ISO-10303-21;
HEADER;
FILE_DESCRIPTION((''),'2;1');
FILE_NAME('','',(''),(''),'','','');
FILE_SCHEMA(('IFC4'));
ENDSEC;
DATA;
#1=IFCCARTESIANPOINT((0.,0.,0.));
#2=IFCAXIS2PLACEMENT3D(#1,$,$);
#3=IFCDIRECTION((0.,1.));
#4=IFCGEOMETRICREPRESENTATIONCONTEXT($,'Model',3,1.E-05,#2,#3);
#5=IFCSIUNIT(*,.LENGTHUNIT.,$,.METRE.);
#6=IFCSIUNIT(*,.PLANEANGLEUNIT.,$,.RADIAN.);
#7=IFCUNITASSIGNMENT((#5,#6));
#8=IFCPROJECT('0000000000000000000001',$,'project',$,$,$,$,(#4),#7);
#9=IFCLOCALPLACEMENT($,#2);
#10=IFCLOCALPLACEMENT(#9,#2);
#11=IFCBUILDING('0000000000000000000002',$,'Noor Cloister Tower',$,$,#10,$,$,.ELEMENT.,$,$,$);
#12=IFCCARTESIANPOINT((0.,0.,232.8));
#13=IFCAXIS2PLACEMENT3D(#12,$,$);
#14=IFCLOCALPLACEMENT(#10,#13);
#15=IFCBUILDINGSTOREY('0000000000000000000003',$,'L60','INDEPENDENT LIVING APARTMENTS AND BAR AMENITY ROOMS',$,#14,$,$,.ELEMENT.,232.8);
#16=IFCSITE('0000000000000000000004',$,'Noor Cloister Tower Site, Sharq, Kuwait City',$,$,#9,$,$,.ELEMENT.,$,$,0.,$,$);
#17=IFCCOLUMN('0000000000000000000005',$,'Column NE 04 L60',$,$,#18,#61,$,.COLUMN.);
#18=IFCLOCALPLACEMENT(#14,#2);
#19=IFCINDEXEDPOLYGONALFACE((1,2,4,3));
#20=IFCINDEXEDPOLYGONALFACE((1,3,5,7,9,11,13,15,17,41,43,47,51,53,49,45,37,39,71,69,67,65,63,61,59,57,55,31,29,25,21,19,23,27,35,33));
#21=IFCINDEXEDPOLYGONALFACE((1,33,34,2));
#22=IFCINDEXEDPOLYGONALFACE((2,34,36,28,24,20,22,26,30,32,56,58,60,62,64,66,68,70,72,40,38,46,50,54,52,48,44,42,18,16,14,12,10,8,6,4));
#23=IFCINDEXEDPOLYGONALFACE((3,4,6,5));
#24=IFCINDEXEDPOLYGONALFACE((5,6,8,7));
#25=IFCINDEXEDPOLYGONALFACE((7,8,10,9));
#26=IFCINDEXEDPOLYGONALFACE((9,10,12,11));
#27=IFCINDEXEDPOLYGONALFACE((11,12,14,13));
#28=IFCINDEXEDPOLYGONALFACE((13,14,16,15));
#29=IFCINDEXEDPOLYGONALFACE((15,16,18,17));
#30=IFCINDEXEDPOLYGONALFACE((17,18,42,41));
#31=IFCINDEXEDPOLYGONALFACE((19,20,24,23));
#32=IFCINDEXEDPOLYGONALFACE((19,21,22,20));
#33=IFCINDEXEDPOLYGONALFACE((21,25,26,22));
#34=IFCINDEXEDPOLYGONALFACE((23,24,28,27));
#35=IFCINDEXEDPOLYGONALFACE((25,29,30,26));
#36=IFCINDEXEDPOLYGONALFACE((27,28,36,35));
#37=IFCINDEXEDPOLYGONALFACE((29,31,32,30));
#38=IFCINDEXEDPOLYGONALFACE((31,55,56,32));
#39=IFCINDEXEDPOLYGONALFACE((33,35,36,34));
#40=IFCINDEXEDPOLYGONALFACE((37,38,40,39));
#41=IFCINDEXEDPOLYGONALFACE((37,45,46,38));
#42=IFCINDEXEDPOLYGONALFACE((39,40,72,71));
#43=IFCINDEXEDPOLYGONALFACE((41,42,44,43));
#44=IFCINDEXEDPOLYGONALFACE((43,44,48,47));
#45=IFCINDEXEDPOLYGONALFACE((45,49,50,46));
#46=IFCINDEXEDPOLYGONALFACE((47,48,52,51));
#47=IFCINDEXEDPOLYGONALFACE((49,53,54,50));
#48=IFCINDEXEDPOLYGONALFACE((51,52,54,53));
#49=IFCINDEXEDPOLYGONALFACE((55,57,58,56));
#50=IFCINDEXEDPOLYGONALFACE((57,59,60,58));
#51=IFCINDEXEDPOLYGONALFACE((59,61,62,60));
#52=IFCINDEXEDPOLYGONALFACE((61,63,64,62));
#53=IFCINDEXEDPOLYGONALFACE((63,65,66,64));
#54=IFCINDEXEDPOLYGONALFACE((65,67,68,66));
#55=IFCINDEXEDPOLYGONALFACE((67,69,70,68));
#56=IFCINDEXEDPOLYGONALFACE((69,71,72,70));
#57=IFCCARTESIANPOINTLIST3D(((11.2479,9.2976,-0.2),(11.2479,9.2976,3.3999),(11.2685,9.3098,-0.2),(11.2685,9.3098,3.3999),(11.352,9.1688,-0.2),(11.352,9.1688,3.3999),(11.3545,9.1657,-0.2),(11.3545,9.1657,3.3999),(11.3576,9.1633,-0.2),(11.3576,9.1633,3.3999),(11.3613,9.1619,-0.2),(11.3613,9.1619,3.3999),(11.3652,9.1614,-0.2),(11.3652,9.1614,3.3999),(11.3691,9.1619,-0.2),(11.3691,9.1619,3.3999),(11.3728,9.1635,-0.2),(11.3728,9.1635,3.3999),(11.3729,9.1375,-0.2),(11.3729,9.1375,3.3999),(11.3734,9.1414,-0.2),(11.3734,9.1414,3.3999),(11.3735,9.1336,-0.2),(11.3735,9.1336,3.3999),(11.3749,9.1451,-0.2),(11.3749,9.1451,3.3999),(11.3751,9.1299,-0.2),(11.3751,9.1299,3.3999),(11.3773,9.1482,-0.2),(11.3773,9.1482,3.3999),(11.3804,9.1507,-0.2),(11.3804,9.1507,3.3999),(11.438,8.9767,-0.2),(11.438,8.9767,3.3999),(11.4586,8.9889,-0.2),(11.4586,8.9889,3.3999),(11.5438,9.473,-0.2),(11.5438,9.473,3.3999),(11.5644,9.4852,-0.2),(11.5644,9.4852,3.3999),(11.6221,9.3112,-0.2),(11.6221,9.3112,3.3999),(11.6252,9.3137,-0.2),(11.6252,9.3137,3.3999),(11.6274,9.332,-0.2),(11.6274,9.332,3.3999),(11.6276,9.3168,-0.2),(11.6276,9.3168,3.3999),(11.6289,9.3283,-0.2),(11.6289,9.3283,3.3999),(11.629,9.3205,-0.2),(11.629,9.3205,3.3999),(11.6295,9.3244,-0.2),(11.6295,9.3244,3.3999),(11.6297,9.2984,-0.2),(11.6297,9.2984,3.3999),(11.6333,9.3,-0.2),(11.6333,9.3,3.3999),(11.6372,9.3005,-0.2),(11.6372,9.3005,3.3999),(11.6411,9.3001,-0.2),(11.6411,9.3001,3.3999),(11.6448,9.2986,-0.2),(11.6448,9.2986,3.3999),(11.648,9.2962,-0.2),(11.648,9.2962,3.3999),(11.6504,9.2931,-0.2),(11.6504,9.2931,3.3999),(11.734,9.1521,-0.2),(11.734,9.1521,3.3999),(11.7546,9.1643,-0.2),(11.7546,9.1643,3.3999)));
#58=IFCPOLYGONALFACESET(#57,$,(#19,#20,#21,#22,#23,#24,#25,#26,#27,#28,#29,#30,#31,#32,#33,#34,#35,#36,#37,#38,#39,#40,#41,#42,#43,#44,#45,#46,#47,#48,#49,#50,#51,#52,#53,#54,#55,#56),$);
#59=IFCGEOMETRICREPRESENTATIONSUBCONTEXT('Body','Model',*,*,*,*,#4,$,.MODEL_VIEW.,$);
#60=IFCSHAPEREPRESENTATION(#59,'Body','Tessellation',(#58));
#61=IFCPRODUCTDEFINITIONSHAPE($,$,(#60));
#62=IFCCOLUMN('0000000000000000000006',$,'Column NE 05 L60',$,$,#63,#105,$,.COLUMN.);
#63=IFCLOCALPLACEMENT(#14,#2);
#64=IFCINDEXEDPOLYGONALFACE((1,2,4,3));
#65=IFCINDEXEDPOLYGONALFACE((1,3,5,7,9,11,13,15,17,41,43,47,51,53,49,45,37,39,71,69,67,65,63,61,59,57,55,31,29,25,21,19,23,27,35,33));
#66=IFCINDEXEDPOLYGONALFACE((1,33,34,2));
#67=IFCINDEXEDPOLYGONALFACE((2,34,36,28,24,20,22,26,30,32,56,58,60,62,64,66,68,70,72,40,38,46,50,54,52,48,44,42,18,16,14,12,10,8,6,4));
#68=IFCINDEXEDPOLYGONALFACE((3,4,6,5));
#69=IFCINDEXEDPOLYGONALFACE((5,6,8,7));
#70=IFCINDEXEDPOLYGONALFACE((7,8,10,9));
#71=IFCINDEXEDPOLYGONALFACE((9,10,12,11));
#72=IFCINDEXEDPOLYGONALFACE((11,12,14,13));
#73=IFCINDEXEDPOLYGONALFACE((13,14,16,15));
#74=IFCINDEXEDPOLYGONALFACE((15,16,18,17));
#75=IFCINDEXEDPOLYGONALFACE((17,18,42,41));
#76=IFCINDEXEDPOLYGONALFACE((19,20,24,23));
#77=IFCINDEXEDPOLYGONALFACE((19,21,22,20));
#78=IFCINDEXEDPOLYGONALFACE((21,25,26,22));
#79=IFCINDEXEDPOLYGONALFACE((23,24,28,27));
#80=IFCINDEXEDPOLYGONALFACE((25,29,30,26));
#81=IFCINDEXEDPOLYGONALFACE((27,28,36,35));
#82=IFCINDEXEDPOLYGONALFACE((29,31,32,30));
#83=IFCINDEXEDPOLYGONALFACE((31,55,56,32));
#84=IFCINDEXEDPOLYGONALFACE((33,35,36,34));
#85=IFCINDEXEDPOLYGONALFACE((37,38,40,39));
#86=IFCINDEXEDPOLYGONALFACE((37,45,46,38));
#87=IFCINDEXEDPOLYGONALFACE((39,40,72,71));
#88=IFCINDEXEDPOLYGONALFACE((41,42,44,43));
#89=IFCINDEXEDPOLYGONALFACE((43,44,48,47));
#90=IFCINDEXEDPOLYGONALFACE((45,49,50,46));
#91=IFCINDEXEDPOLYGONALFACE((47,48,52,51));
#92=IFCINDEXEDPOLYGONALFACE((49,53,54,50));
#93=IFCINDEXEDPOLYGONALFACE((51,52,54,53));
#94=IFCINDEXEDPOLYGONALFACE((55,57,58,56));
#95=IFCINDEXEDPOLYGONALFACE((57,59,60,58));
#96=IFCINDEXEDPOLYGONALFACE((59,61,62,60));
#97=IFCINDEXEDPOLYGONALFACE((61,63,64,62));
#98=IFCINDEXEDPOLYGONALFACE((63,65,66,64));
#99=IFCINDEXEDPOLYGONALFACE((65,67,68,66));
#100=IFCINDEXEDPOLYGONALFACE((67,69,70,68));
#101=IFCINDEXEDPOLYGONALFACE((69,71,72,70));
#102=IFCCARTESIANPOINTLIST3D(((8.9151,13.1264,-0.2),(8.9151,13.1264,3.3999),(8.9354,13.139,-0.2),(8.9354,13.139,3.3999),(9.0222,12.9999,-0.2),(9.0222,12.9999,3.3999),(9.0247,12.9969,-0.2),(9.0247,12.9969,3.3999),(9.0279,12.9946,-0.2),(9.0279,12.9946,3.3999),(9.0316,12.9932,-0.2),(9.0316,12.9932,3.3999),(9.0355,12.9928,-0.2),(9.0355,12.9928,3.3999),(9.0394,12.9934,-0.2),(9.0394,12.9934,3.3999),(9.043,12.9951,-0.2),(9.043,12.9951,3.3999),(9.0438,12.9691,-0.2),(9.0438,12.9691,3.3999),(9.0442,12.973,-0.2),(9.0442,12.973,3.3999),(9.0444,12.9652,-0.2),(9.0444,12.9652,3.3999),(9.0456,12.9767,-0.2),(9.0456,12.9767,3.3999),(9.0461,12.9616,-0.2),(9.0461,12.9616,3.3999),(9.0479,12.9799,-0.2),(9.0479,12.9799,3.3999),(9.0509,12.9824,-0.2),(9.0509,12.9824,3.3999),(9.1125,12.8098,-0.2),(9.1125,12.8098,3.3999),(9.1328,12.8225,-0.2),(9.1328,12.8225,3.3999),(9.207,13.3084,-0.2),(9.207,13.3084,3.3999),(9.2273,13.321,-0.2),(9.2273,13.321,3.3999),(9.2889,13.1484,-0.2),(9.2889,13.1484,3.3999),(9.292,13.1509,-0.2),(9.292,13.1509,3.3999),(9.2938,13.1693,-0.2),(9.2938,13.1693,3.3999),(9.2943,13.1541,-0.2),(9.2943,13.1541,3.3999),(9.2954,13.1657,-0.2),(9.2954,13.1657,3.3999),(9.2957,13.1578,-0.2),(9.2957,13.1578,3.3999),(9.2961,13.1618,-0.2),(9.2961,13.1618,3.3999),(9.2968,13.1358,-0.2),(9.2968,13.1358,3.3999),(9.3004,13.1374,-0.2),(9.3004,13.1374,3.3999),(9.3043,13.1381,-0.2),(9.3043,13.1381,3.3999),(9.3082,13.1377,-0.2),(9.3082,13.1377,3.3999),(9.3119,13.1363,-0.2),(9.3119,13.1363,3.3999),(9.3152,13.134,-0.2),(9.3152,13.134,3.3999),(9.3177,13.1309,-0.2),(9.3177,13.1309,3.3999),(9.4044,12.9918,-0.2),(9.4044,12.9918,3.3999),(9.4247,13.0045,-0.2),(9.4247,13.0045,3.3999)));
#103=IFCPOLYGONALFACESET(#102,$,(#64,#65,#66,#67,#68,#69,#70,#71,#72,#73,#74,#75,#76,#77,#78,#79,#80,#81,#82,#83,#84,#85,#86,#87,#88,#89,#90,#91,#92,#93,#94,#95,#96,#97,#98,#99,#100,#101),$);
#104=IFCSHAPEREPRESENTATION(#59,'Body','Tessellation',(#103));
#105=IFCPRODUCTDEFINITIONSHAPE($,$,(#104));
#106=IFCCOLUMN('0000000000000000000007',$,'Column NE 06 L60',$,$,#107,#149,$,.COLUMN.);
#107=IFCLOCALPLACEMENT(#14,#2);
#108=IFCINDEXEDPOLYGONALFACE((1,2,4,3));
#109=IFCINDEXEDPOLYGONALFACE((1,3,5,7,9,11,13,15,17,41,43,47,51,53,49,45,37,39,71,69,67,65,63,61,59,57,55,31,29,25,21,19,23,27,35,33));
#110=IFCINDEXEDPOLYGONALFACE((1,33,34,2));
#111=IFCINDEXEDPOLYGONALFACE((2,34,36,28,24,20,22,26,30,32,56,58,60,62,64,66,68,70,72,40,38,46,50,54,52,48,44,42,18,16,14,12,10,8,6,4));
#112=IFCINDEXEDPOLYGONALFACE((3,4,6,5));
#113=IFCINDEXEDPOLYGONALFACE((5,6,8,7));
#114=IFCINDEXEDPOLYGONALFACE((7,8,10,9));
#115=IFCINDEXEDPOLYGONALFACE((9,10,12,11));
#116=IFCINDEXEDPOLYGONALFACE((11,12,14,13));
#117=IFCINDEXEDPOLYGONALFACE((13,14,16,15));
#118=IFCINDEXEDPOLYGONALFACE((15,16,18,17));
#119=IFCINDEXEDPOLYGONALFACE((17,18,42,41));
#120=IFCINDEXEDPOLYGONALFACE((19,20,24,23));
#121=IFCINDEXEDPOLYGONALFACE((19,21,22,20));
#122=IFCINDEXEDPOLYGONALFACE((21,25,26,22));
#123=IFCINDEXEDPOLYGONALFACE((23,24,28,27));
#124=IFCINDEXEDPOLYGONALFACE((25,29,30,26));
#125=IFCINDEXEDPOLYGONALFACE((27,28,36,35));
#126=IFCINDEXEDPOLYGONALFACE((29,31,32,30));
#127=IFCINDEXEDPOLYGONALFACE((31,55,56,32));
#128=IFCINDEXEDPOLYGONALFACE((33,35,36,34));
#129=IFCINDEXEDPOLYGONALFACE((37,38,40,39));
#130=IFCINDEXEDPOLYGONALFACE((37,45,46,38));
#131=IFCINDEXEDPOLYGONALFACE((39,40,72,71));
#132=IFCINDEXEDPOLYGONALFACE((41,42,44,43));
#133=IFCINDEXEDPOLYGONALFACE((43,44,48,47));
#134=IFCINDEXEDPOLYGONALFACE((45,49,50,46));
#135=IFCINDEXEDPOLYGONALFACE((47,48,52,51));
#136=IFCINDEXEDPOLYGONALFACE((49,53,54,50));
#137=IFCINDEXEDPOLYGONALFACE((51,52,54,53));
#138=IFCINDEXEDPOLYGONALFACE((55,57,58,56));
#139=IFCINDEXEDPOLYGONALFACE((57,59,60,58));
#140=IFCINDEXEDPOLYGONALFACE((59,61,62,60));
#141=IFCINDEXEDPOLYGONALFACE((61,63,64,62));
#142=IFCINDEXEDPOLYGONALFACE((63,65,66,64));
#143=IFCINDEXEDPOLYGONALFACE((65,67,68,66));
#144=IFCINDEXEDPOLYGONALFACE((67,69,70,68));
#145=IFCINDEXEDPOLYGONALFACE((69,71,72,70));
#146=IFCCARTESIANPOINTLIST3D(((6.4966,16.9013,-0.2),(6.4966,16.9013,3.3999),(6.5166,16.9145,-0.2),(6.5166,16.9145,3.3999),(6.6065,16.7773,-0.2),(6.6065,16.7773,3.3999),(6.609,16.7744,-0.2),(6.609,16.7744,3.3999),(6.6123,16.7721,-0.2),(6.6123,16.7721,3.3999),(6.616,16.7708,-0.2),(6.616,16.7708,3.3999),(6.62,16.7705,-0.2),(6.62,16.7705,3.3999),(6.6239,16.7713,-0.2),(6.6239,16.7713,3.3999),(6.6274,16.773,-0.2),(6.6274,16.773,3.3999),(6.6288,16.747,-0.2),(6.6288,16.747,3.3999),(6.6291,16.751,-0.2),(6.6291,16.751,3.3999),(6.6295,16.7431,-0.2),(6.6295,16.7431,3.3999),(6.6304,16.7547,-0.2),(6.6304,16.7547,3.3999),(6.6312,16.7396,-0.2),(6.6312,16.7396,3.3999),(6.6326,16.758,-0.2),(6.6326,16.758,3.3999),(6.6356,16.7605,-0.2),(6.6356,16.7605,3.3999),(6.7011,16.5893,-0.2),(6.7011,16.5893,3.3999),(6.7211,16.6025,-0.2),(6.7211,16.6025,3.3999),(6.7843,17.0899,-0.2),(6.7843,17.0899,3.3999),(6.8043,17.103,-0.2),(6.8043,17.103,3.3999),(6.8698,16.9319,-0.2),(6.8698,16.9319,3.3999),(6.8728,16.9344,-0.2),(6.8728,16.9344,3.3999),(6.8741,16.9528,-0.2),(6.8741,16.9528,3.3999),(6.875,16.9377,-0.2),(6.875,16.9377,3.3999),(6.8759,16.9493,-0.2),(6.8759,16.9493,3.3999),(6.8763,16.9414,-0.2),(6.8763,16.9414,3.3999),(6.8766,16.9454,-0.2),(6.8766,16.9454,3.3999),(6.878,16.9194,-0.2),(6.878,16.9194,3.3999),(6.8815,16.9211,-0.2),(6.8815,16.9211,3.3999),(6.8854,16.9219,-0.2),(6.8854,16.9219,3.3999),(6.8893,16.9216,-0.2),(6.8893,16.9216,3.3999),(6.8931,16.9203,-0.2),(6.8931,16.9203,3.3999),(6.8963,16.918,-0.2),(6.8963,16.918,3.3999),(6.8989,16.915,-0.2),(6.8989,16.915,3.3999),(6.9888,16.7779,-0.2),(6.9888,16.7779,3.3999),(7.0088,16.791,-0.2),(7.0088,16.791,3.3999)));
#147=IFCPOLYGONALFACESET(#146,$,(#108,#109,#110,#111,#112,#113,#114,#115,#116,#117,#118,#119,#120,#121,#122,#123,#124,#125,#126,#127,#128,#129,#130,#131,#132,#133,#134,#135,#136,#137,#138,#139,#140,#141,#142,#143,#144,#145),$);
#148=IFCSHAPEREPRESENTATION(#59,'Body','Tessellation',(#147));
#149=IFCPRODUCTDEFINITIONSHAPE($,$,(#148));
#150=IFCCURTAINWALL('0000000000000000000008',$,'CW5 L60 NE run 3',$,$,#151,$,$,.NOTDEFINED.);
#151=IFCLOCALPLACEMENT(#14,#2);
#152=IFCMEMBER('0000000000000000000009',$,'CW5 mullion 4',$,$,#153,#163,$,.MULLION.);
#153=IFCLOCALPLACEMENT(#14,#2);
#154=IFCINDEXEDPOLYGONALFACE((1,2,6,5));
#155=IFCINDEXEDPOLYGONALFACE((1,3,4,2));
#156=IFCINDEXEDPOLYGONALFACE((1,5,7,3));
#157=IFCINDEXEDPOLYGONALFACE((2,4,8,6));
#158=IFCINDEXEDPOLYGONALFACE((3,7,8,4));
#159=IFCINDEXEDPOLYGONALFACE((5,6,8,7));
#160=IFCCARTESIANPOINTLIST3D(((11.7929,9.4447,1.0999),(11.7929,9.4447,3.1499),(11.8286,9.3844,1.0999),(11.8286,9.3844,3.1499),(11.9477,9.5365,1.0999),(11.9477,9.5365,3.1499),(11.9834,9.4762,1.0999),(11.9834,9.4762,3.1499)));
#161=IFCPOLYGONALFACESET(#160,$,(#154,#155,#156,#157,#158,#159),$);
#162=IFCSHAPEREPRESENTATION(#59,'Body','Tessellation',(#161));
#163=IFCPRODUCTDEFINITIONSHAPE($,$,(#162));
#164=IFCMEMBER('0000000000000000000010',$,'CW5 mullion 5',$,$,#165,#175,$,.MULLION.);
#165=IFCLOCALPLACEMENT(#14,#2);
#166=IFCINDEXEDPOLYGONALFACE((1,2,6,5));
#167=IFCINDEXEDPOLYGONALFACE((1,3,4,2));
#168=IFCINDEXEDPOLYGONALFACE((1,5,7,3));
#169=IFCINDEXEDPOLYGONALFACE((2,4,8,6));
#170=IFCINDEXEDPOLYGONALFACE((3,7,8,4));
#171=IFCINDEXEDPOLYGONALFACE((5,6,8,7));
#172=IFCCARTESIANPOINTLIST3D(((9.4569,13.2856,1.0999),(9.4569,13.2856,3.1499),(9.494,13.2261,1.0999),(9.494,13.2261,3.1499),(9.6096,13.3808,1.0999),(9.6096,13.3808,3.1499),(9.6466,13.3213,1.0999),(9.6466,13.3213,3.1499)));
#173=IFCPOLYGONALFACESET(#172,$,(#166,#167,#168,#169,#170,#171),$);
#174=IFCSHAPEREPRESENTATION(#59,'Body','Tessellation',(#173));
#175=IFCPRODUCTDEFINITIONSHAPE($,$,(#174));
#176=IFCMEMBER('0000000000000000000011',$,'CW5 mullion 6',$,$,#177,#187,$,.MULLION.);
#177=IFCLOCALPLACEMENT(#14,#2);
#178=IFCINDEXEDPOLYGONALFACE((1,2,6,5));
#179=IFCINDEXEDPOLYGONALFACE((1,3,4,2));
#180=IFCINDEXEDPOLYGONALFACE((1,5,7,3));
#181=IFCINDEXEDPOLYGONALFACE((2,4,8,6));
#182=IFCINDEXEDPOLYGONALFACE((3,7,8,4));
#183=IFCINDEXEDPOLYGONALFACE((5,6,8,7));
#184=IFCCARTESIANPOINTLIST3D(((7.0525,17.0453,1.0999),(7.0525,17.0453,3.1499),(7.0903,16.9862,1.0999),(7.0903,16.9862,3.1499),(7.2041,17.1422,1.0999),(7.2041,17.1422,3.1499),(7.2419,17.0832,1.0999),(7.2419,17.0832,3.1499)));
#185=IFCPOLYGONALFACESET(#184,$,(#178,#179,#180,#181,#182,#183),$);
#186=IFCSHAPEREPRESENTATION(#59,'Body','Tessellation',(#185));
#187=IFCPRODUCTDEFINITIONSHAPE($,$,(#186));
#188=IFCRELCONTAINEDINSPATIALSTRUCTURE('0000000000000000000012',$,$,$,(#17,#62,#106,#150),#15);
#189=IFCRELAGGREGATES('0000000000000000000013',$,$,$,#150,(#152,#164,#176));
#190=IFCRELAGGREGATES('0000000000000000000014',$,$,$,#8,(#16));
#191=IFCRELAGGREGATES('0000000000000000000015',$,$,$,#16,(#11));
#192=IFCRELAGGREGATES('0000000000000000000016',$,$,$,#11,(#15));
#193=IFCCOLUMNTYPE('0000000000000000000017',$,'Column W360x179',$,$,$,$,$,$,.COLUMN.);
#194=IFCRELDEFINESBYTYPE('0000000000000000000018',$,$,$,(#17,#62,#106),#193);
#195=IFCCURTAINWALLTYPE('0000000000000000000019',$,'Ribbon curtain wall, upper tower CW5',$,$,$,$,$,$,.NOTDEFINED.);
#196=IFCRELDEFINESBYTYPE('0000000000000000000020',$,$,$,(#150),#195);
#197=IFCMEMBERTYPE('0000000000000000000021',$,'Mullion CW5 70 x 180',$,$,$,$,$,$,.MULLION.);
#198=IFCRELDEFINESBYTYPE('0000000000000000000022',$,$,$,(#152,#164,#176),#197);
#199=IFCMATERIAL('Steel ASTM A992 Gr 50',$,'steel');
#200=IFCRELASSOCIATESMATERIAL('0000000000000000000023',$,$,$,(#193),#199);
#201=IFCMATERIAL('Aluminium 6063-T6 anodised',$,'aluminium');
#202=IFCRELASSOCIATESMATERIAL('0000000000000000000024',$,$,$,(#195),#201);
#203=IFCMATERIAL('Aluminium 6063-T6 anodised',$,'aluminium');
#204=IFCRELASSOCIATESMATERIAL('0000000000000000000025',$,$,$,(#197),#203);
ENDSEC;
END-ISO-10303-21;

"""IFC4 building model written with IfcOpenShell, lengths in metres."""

from ifc_helpers import new_model, si_unit, direction, frame, origin, origin_2d, place, context, subcontext, project, spatial, rectangle, i_section, extrude, material, material_profile, profile_set, type_object, element, aggregate, save


model = new_model("IFC4")

# Units and contexts
model_context = context("Model", 3, precision=1e-05, world=origin(), true_north=direction((0.0, 1.0)))
body_context = subcontext(model_context, "Body", "Model", "MODEL_VIEW")
ifc_project = project(units=[si_unit("LENGTHUNIT", "METRE"), si_unit("PLANEANGLEUNIT", "RADIAN")], contexts=[model_context])

# Site, building, storey
site_placement = place(None, origin())
site = spatial("IfcSite", under=ifc_project, at=site_placement, Name="Noor Cloister Tower Site, Sharq, Kuwait City", CompositionType="ELEMENT", RefElevation=0.0)
building_placement = place(site_placement, origin())
building = spatial("IfcBuilding", under=site, at=building_placement, Name="Noor Cloister Tower", CompositionType="ELEMENT")
storey_placement = place(building_placement, frame((0.0, 0.0, 232.8)))
storey = spatial("IfcBuildingStorey", under=building, at=storey_placement, Name="L60", Description="INDEPENDENT LIVING APARTMENTS AND BAR AMENITY ROOMS", CompositionType="ELEMENT", Elevation=232.8)

# Columns
ifc_material_1 = material(Name="Steel ASTM A992 Gr 50", Category="steel")
ifc_material_profile_1 = material_profile(ifc_material_1, i_section(OverallWidth=0.373, OverallDepth=0.3679, WebThickness=0.0149, FlangeThickness=0.0239, FilletRadius=0.0151, at=origin_2d()), Name="W360x179")
ifc_profile_set_1 = profile_set([ifc_material_profile_1], Name="Steel ASTM A992 Gr 50")
column_type = type_object("IfcColumnType", Name="Column W360x179", PredefinedType="COLUMN", material=ifc_profile_set_1)
for number, where, z_axis, x_axis, name in (
    (1, (11.5012, 9.231, -0.2), (0.0, 0.0, 1.0), (-0.509776, 0.860307, 0.0), "Column NE 04 L60"),
    (2, (9.1699, 13.0654, -0.2), (0.0, 0.0, 1.0), (-0.52913, 0.848541, 0.0), "Column NE 05 L60"),
    (3, (6.7527, 16.8462, -0.2), (0.0, 0.0, 1.0), (-0.548212, 0.836339, 0.0), "Column NE 06 L60"),
):
    element("IfcColumn", number, at=place(storey_placement, frame(where, z_axis=z_axis, x_axis=x_axis)), inside=storey, type_object=column_type, Name=name, PredefinedType="COLUMN", context=body_context, shape_type="SweptSolid", body=[
        extrude(i_section(OverallWidth=0.373, OverallDepth=0.3679, WebThickness=0.0149, FlangeThickness=0.0239, FilletRadius=0.0151, at=origin_2d()), origin(), (0.0, 0.0, 1.0), 3.5999),
    ])

# Curtain wall, members
ifc_material_2 = material(Name="Aluminium 6063-T6 anodised", Category="aluminium")
curtain_wall_type = type_object("IfcCurtainWallType", Name="Ribbon curtain wall, upper tower CW5", PredefinedType="NOTDEFINED", material=ifc_material_2)
curtain_wall_placement = place(storey_placement, origin())
curtain_wall = element("IfcCurtainWall", 4, at=curtain_wall_placement, inside=storey, type_object=curtain_wall_type, Name="CW5 L60 NE run 3", PredefinedType="NOTDEFINED")
ifc_material_3 = material(Name="Aluminium 6063-T6 anodised", Category="aluminium")
ifc_material_profile_2 = material_profile(ifc_material_3, rectangle(XDim=0.1799, YDim=0.0701, at=origin_2d()), Name="180 x 70 mullion")
ifc_profile_set_2 = profile_set([ifc_material_profile_2], Name="Aluminium 6063-T6 anodised")
member_type = type_object("IfcMemberType", Name="Mullion CW5 70 x 180", PredefinedType="MULLION", material=ifc_profile_set_2)
member_1_placement = place(storey_placement, frame((11.8882, 9.4604, 1.0999), z_axis=(0.0, 0.0, 1.0), x_axis=(-0.860307, -0.509776, 0.0)))
member_1 = element("IfcMember", 5, at=member_1_placement, type_object=member_type, Name="CW5 mullion 4", PredefinedType="MULLION", context=body_context, shape_type="SweptSolid", body=[
    extrude(rectangle(XDim=0.1799, YDim=0.0701, at=origin_2d()), origin(), (0.0, 0.0, 1.0), 2.05),
])
member_2_placement = place(storey_placement, frame((9.5518, 13.3035, 1.0999), z_axis=(0.0, 0.0, 1.0), x_axis=(-0.848541, -0.52913, 0.0)))
member_2 = element("IfcMember", 6, at=member_2_placement, type_object=member_type, Name="CW5 mullion 5", PredefinedType="MULLION", context=body_context, shape_type="SweptSolid", body=[
    extrude(rectangle(XDim=0.1799, YDim=0.0701, at=origin_2d()), origin(), (0.0, 0.0, 1.0), 2.05),
])
member_3_placement = place(storey_placement, frame((7.1472, 17.0642, 1.0999), z_axis=(0.0, 0.0, 1.0), x_axis=(-0.842494, -0.538705, 0.0)))
member_3 = element("IfcMember", 7, at=member_3_placement, type_object=member_type, Name="CW5 mullion 6", PredefinedType="MULLION", context=body_context, shape_type="SweptSolid", body=[
    extrude(rectangle(XDim=0.1799, YDim=0.0701, at=origin_2d()), origin(), (0.0, 0.0, 1.0), 2.05),
])

aggregate(curtain_wall, [member_1, member_2, member_3])

save(model, "model.ifc")
